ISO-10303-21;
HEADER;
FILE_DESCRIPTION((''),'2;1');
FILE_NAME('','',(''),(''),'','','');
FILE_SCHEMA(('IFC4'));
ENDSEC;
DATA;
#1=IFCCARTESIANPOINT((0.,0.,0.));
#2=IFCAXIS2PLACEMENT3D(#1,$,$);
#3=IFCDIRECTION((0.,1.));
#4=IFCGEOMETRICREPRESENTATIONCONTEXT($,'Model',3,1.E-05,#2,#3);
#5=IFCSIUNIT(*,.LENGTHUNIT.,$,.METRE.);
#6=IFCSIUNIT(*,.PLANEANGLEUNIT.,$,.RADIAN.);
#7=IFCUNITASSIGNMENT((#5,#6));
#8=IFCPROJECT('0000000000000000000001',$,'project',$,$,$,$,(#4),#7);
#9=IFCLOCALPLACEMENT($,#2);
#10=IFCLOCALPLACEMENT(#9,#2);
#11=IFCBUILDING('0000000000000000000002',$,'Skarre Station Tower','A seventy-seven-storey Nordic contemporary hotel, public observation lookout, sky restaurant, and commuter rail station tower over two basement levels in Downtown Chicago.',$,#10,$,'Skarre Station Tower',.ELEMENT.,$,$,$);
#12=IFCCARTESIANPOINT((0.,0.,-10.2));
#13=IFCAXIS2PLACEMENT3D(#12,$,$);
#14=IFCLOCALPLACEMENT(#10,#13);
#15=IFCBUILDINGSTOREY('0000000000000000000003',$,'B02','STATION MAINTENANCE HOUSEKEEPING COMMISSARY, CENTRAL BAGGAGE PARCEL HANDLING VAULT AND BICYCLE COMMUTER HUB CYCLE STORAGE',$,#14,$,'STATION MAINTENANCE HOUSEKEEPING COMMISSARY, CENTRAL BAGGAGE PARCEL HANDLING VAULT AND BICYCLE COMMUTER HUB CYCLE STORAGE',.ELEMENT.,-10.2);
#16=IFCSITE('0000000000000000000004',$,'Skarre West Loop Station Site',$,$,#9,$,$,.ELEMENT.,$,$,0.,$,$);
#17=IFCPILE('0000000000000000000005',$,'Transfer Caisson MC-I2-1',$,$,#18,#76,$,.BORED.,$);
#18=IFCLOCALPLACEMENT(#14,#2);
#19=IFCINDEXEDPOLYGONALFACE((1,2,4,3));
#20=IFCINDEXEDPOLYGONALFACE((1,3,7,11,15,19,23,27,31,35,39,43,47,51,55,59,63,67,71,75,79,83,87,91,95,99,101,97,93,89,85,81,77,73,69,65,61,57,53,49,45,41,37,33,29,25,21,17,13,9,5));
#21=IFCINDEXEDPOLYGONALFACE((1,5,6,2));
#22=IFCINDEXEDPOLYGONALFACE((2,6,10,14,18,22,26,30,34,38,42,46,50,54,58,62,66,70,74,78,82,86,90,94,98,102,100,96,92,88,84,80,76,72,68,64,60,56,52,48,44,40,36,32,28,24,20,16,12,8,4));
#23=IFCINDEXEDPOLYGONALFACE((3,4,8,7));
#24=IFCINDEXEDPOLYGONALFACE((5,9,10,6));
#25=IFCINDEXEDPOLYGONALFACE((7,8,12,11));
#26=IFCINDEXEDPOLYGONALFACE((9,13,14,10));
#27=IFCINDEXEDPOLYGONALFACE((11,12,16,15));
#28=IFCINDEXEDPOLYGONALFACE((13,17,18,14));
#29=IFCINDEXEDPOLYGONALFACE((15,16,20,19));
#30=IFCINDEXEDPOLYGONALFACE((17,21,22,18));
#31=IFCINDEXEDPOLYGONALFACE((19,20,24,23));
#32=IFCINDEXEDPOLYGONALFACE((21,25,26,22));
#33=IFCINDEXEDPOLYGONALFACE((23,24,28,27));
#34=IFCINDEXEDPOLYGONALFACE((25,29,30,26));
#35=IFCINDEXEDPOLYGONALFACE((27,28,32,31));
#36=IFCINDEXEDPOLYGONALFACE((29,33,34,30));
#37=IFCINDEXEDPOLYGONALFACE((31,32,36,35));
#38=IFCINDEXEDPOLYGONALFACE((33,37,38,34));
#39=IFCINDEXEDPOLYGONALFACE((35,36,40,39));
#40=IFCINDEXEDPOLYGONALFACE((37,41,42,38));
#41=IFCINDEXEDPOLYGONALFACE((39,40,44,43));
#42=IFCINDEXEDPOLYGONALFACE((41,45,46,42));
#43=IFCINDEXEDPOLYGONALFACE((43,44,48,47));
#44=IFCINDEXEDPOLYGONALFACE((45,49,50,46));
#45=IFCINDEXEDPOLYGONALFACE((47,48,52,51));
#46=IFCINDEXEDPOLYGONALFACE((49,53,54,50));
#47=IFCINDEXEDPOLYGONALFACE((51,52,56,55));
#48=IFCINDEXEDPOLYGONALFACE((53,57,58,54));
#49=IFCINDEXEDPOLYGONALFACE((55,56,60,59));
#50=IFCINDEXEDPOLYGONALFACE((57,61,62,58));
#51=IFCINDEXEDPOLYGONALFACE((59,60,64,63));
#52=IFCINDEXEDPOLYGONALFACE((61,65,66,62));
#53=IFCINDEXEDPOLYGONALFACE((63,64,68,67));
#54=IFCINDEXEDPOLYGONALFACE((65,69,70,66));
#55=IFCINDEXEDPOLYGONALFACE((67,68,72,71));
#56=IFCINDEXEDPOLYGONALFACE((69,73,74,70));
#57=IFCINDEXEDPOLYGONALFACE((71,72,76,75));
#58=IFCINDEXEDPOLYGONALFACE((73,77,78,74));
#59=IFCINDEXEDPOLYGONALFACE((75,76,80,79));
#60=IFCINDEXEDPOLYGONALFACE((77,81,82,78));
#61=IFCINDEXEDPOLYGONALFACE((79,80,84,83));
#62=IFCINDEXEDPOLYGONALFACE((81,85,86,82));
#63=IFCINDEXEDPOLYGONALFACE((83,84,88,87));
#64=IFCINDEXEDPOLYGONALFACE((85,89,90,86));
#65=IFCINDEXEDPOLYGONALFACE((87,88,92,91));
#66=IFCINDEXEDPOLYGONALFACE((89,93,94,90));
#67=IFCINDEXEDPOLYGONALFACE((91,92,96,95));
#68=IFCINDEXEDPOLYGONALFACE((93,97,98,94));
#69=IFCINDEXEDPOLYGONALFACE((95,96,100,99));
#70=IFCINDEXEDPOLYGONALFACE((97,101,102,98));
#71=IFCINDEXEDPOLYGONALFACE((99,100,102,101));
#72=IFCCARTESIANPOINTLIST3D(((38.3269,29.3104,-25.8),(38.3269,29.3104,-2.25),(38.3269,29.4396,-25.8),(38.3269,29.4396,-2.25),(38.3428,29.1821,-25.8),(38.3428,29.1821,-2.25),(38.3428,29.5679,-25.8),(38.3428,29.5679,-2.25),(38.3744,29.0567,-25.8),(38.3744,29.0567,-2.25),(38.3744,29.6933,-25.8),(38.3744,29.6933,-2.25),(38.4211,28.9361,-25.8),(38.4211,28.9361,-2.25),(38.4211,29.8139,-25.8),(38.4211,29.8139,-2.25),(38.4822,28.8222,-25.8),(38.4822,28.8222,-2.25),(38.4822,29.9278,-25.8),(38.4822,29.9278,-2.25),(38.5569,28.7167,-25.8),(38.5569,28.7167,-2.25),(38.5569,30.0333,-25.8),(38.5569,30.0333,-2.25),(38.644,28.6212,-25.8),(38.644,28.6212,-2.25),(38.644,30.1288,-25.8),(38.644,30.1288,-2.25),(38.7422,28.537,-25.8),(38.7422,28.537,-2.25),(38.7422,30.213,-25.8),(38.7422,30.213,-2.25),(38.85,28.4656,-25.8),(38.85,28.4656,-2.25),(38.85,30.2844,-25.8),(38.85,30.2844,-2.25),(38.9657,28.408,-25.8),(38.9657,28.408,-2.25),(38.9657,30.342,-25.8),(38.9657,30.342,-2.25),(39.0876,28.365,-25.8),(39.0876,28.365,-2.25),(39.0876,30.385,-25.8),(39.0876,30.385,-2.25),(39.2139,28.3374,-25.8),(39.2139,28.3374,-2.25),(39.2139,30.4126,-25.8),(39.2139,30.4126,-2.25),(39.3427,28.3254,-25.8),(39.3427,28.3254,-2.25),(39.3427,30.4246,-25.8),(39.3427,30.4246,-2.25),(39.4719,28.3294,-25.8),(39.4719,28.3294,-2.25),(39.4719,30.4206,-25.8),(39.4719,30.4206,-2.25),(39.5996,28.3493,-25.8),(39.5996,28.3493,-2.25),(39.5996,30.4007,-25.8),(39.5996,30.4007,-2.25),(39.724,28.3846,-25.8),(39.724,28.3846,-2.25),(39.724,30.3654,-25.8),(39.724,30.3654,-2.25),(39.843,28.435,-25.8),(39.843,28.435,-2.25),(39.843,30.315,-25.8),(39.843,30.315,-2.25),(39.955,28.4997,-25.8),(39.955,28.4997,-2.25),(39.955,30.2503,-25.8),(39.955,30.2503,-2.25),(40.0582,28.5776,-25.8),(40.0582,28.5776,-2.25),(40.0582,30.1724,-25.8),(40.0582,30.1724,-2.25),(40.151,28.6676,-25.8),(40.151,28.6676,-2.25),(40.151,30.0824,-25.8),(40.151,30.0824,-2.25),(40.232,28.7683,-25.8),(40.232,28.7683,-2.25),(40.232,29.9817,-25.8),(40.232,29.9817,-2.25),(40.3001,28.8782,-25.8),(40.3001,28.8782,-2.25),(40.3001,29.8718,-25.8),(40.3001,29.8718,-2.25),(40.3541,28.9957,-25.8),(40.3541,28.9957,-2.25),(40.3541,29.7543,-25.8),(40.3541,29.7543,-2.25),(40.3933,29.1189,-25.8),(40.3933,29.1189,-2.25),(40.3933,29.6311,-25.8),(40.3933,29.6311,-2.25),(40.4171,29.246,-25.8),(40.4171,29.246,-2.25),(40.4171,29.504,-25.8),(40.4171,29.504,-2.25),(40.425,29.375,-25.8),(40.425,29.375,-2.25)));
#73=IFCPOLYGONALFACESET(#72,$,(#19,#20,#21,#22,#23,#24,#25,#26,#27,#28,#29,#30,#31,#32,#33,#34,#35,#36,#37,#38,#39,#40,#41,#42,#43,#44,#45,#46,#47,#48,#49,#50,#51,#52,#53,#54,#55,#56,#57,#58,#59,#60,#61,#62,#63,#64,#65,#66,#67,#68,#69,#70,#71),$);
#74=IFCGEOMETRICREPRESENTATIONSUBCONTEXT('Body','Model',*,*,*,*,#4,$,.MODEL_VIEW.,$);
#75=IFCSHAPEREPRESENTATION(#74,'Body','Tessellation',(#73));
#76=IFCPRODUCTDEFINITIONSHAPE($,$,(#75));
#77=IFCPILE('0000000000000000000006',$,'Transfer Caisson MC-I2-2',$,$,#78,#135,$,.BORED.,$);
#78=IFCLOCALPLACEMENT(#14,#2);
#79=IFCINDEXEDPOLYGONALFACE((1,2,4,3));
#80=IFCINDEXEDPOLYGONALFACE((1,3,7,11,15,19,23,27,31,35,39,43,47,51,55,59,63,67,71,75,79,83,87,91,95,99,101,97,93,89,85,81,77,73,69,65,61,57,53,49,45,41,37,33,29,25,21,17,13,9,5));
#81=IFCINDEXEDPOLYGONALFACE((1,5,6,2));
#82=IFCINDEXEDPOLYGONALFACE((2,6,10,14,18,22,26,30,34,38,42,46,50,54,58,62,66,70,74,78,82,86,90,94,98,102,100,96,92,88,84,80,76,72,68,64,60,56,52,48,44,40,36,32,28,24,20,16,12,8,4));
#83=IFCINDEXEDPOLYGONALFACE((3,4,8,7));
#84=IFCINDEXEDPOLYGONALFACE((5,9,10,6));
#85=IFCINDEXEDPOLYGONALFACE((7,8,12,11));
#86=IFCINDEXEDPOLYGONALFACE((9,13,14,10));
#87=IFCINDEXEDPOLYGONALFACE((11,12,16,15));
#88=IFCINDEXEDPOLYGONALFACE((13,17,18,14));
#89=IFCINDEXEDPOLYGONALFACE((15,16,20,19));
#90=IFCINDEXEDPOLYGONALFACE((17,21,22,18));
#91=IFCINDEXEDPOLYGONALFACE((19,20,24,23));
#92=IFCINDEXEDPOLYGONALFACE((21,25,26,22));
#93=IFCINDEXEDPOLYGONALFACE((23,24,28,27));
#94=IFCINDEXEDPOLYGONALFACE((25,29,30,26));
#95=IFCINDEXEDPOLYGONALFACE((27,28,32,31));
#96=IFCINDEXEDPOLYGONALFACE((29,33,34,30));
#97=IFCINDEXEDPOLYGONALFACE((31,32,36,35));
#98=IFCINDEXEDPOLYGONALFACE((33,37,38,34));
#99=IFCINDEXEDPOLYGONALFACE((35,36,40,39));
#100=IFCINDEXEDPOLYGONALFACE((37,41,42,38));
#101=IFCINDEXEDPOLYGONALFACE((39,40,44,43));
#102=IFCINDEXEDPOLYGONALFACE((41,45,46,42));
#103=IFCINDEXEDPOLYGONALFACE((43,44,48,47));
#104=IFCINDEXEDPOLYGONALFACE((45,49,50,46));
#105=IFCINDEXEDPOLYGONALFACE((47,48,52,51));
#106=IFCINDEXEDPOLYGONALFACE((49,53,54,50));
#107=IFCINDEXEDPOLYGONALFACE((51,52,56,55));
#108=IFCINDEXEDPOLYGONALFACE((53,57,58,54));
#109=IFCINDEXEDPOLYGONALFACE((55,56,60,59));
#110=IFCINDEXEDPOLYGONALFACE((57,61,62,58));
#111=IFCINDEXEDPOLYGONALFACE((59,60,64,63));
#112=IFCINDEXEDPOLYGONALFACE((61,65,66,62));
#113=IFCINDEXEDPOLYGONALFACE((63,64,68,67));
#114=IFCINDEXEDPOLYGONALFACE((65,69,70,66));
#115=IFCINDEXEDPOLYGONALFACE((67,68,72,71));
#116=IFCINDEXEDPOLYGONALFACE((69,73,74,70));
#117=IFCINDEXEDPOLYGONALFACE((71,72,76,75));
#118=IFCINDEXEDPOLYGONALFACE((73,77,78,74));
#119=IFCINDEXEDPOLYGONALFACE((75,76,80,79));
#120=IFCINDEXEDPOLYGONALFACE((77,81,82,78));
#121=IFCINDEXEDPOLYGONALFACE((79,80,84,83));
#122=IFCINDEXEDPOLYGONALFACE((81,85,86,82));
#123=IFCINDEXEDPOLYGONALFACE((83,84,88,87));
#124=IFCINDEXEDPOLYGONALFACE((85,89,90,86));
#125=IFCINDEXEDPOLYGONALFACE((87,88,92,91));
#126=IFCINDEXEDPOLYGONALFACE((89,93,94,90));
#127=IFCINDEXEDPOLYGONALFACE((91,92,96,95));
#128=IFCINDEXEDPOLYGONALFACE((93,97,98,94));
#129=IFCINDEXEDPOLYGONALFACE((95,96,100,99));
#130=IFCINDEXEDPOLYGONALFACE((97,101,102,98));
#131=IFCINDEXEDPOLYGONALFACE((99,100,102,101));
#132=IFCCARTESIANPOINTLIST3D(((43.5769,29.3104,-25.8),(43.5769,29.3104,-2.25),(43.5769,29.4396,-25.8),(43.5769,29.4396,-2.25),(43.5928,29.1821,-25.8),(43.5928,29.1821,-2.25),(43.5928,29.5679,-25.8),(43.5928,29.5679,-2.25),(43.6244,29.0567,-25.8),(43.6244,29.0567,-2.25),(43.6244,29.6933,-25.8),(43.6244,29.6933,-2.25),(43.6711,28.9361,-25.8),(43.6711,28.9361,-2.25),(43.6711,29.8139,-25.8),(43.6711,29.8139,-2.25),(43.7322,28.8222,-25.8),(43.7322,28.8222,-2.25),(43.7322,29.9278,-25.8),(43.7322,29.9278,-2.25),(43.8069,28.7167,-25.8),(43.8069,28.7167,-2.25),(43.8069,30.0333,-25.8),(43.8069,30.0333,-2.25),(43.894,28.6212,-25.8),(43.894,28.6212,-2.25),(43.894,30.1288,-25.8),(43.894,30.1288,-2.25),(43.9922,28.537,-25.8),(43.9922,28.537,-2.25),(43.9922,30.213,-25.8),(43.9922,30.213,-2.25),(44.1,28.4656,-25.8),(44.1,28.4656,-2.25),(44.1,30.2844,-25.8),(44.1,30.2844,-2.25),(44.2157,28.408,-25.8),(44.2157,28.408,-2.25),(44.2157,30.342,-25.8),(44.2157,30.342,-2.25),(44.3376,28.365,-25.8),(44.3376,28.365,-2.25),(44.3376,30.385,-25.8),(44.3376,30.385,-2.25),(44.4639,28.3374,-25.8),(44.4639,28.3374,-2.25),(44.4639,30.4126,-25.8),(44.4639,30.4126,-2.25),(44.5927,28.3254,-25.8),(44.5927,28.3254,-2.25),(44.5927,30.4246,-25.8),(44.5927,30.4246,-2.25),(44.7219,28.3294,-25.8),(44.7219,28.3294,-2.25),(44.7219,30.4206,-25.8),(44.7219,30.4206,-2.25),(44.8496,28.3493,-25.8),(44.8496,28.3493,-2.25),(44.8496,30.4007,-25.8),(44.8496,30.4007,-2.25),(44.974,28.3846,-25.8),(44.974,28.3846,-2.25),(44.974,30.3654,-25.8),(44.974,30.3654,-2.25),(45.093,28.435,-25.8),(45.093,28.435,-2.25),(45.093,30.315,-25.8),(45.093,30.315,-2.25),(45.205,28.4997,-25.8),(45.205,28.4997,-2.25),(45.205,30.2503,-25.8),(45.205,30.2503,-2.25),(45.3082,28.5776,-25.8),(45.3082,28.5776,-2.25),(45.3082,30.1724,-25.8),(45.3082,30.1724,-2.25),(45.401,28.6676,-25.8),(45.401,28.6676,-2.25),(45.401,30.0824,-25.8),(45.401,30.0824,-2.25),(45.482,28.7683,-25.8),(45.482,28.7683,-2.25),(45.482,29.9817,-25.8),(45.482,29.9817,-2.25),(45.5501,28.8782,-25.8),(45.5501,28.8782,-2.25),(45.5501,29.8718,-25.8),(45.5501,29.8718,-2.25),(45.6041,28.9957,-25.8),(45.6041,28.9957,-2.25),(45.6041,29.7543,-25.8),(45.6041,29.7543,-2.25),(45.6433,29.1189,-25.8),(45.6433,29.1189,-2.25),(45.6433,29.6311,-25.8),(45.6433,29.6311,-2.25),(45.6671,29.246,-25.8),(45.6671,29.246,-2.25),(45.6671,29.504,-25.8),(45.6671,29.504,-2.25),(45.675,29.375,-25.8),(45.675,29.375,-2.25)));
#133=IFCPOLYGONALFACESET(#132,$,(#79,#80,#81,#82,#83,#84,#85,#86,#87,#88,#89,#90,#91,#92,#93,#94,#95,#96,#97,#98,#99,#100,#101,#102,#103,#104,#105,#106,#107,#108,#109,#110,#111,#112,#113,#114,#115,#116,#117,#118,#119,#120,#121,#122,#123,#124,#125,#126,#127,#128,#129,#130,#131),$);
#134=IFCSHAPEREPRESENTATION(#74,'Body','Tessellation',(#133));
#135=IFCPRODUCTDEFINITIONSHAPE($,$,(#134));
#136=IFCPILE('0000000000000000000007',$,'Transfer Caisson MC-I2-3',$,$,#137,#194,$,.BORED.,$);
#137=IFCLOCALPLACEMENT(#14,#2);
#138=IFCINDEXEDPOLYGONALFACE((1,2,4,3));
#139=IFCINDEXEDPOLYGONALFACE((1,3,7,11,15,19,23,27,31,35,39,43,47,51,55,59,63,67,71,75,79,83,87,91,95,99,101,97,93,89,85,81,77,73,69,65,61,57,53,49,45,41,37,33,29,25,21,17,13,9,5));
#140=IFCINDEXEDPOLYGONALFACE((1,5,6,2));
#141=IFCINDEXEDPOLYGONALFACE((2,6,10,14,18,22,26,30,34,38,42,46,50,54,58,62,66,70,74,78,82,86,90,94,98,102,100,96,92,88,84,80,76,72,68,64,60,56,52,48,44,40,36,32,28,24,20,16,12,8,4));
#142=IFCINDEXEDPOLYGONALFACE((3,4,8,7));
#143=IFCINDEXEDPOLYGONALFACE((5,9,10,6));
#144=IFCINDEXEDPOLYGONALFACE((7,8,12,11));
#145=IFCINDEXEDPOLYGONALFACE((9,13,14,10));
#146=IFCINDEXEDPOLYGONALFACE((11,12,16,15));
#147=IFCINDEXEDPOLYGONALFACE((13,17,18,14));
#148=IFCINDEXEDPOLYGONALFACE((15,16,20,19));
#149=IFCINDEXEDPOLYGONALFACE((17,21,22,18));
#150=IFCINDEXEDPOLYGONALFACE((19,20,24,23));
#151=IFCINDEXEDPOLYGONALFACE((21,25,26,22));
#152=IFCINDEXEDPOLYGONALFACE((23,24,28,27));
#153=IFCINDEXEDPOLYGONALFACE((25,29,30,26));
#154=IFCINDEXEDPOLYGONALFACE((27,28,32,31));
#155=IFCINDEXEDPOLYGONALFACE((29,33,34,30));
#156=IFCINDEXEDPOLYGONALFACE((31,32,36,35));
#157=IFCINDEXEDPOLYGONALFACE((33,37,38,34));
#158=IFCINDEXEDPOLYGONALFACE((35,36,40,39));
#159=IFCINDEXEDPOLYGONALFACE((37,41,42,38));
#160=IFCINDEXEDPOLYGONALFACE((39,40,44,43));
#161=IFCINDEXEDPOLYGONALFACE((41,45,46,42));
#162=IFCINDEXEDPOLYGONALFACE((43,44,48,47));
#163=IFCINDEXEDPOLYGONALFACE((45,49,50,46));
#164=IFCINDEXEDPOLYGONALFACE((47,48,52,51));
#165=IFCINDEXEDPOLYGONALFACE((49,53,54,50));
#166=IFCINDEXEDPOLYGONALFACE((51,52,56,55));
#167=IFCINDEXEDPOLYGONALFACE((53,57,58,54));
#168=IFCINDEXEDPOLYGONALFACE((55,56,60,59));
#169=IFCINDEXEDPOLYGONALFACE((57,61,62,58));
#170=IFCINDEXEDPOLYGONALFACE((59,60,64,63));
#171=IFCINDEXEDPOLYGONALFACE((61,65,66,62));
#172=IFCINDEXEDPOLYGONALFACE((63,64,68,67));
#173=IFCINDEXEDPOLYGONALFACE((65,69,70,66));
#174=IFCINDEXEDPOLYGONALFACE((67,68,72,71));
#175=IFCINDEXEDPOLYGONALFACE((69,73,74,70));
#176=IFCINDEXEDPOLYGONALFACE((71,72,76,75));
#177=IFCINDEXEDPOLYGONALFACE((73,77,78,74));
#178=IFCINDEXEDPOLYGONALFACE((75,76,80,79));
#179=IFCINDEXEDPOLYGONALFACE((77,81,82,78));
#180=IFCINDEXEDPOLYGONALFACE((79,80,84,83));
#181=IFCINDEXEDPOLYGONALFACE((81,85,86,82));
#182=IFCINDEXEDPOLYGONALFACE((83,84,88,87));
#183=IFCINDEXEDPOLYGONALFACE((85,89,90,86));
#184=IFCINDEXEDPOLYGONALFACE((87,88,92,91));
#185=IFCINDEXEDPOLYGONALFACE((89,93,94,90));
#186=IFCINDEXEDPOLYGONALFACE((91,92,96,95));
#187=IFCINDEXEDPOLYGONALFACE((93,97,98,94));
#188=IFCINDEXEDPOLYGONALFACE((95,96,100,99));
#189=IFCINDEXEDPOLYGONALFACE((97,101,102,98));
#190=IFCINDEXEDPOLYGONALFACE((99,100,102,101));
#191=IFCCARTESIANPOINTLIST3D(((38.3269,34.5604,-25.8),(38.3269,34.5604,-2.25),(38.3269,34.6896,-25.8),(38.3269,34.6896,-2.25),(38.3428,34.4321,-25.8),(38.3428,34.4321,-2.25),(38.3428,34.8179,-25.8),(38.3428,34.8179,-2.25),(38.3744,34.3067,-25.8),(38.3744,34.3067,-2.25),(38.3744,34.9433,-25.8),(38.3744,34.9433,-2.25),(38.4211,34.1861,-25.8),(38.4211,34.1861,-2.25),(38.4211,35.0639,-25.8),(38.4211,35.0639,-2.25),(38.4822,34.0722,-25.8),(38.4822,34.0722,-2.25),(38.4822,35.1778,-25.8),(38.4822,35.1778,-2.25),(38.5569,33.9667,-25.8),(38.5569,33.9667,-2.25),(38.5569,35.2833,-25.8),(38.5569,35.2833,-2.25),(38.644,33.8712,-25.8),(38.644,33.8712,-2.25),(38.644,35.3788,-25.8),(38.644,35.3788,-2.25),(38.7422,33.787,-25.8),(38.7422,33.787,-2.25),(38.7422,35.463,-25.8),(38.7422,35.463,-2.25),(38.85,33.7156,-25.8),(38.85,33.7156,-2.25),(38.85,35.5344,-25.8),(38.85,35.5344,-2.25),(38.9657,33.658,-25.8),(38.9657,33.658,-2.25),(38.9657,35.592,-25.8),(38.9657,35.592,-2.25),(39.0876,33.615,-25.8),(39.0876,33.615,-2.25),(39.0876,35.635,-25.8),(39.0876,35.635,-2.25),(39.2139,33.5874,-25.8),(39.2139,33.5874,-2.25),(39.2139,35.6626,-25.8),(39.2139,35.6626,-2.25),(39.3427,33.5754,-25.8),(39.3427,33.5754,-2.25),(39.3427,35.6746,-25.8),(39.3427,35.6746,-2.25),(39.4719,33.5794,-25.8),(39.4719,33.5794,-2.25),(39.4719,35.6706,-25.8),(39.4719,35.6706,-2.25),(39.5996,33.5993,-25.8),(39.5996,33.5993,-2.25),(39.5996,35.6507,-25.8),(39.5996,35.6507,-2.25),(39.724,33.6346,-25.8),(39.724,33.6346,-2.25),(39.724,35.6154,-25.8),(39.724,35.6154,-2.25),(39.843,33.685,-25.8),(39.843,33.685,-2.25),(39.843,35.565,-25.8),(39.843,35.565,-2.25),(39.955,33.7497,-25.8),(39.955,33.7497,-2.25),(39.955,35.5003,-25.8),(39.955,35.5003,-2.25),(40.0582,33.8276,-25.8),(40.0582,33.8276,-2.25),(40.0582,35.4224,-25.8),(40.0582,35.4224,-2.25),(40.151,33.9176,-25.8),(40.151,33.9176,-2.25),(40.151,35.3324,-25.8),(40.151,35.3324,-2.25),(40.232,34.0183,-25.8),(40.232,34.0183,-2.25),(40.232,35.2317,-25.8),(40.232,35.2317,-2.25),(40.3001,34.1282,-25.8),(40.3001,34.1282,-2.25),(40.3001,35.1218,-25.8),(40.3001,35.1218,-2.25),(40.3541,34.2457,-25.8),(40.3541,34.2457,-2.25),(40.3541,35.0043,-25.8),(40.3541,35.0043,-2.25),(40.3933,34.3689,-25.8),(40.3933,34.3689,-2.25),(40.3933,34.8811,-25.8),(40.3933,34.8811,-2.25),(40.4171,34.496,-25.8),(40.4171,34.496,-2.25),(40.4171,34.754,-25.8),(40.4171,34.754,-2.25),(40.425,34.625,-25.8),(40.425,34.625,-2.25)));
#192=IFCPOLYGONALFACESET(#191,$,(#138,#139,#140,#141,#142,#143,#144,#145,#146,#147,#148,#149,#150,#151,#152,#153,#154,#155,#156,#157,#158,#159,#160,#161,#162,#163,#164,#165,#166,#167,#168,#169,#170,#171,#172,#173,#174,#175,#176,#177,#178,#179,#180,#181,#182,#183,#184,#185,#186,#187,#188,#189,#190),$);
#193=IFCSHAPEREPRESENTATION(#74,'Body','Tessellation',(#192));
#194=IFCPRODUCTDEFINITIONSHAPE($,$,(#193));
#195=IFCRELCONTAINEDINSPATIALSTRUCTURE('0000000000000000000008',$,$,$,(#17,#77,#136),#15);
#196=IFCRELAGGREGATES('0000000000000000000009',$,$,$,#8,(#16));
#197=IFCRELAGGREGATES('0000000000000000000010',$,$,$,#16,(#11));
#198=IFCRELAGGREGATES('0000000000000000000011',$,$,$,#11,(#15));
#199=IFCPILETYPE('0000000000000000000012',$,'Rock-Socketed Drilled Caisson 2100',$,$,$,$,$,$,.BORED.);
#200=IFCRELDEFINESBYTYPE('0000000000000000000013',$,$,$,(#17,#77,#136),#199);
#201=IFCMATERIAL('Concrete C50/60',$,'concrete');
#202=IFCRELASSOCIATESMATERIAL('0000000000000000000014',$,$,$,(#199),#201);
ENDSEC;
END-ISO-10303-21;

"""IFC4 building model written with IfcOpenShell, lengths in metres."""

from ifc_helpers import new_model, si_unit, direction, frame, origin, origin_2d, place, context, subcontext, project, spatial, circle, extrude, material, material_profile, profile_set, type_object, element, save


model = new_model("IFC4")

# Units and contexts
model_context = context("Model", 3, precision=1e-05, world=origin(), true_north=direction((0.0, 1.0)))
body_context = subcontext(model_context, "Body", "Model", "MODEL_VIEW")
ifc_project = project(units=[si_unit("LENGTHUNIT", "METRE"), si_unit("PLANEANGLEUNIT", "RADIAN")], contexts=[model_context])

# Site, building, storey
site_placement = place(None, origin())
site = spatial("IfcSite", under=ifc_project, at=site_placement, Name="Skarre West Loop Station Site", CompositionType="ELEMENT", RefElevation=0.0)
building_placement = place(site_placement, origin())
building = spatial("IfcBuilding", under=site, at=building_placement, Name="Skarre Station Tower", Description="A seventy-seven-storey Nordic contemporary hotel, public observation lookout, sky restaurant, and commuter rail station tower over two basement levels in Downtown Chicago.", LongName="Skarre Station Tower", CompositionType="ELEMENT")
storey_placement = place(building_placement, frame((0.0, 0.0, -10.2)))
storey = spatial("IfcBuildingStorey", under=building, at=storey_placement, Name="B02", Description="STATION MAINTENANCE HOUSEKEEPING COMMISSARY, CENTRAL BAGGAGE PARCEL HANDLING VAULT AND BICYCLE COMMUTER HUB CYCLE STORAGE", LongName="STATION MAINTENANCE HOUSEKEEPING COMMISSARY, CENTRAL BAGGAGE PARCEL HANDLING VAULT AND BICYCLE COMMUTER HUB CYCLE STORAGE", CompositionType="ELEMENT", Elevation=-10.2)

# Shared definitions
ifc_material_1 = material(Name="Concrete C50/60", Category="concrete")

# Piles
ifc_material_profile_1 = material_profile(ifc_material_1, circle(Radius=1.05, at=origin_2d()), Name="Concrete C50/60")
ifc_profile_set_1 = profile_set([ifc_material_profile_1], Name="Concrete C50/60")
pile_type_1 = type_object("IfcPileType", Name="Rock-Socketed Drilled Caisson 2100", PredefinedType="BORED", material=ifc_profile_set_1)
for number, where, z_axis, x_axis, name in (
    (1, (39.375, 29.375, -2.25), (0.0, 0.0, -1.0), (1.0, 0.0, 0.0), "Transfer Caisson MC-I2-1"),
    (2, (44.625, 29.375, -2.25), (0.0, 0.0, -1.0), (1.0, 0.0, 0.0), "Transfer Caisson MC-I2-2"),
    (3, (39.375, 34.625, -2.25), (0.0, 0.0, -1.0), (1.0, 0.0, 0.0), "Transfer Caisson MC-I2-3"),
):
    element("IfcPile", number, at=place(storey_placement, frame(where, z_axis=z_axis, x_axis=x_axis)), inside=storey, type_object=pile_type_1, Name=name, PredefinedType="BORED", context=body_context, shape_type="SweptSolid", body=[
        extrude(circle(Radius=1.05, at=origin_2d()), origin(), (0.0, 0.0, 1.0), 23.55),
    ])

save(model, "model.ifc")
